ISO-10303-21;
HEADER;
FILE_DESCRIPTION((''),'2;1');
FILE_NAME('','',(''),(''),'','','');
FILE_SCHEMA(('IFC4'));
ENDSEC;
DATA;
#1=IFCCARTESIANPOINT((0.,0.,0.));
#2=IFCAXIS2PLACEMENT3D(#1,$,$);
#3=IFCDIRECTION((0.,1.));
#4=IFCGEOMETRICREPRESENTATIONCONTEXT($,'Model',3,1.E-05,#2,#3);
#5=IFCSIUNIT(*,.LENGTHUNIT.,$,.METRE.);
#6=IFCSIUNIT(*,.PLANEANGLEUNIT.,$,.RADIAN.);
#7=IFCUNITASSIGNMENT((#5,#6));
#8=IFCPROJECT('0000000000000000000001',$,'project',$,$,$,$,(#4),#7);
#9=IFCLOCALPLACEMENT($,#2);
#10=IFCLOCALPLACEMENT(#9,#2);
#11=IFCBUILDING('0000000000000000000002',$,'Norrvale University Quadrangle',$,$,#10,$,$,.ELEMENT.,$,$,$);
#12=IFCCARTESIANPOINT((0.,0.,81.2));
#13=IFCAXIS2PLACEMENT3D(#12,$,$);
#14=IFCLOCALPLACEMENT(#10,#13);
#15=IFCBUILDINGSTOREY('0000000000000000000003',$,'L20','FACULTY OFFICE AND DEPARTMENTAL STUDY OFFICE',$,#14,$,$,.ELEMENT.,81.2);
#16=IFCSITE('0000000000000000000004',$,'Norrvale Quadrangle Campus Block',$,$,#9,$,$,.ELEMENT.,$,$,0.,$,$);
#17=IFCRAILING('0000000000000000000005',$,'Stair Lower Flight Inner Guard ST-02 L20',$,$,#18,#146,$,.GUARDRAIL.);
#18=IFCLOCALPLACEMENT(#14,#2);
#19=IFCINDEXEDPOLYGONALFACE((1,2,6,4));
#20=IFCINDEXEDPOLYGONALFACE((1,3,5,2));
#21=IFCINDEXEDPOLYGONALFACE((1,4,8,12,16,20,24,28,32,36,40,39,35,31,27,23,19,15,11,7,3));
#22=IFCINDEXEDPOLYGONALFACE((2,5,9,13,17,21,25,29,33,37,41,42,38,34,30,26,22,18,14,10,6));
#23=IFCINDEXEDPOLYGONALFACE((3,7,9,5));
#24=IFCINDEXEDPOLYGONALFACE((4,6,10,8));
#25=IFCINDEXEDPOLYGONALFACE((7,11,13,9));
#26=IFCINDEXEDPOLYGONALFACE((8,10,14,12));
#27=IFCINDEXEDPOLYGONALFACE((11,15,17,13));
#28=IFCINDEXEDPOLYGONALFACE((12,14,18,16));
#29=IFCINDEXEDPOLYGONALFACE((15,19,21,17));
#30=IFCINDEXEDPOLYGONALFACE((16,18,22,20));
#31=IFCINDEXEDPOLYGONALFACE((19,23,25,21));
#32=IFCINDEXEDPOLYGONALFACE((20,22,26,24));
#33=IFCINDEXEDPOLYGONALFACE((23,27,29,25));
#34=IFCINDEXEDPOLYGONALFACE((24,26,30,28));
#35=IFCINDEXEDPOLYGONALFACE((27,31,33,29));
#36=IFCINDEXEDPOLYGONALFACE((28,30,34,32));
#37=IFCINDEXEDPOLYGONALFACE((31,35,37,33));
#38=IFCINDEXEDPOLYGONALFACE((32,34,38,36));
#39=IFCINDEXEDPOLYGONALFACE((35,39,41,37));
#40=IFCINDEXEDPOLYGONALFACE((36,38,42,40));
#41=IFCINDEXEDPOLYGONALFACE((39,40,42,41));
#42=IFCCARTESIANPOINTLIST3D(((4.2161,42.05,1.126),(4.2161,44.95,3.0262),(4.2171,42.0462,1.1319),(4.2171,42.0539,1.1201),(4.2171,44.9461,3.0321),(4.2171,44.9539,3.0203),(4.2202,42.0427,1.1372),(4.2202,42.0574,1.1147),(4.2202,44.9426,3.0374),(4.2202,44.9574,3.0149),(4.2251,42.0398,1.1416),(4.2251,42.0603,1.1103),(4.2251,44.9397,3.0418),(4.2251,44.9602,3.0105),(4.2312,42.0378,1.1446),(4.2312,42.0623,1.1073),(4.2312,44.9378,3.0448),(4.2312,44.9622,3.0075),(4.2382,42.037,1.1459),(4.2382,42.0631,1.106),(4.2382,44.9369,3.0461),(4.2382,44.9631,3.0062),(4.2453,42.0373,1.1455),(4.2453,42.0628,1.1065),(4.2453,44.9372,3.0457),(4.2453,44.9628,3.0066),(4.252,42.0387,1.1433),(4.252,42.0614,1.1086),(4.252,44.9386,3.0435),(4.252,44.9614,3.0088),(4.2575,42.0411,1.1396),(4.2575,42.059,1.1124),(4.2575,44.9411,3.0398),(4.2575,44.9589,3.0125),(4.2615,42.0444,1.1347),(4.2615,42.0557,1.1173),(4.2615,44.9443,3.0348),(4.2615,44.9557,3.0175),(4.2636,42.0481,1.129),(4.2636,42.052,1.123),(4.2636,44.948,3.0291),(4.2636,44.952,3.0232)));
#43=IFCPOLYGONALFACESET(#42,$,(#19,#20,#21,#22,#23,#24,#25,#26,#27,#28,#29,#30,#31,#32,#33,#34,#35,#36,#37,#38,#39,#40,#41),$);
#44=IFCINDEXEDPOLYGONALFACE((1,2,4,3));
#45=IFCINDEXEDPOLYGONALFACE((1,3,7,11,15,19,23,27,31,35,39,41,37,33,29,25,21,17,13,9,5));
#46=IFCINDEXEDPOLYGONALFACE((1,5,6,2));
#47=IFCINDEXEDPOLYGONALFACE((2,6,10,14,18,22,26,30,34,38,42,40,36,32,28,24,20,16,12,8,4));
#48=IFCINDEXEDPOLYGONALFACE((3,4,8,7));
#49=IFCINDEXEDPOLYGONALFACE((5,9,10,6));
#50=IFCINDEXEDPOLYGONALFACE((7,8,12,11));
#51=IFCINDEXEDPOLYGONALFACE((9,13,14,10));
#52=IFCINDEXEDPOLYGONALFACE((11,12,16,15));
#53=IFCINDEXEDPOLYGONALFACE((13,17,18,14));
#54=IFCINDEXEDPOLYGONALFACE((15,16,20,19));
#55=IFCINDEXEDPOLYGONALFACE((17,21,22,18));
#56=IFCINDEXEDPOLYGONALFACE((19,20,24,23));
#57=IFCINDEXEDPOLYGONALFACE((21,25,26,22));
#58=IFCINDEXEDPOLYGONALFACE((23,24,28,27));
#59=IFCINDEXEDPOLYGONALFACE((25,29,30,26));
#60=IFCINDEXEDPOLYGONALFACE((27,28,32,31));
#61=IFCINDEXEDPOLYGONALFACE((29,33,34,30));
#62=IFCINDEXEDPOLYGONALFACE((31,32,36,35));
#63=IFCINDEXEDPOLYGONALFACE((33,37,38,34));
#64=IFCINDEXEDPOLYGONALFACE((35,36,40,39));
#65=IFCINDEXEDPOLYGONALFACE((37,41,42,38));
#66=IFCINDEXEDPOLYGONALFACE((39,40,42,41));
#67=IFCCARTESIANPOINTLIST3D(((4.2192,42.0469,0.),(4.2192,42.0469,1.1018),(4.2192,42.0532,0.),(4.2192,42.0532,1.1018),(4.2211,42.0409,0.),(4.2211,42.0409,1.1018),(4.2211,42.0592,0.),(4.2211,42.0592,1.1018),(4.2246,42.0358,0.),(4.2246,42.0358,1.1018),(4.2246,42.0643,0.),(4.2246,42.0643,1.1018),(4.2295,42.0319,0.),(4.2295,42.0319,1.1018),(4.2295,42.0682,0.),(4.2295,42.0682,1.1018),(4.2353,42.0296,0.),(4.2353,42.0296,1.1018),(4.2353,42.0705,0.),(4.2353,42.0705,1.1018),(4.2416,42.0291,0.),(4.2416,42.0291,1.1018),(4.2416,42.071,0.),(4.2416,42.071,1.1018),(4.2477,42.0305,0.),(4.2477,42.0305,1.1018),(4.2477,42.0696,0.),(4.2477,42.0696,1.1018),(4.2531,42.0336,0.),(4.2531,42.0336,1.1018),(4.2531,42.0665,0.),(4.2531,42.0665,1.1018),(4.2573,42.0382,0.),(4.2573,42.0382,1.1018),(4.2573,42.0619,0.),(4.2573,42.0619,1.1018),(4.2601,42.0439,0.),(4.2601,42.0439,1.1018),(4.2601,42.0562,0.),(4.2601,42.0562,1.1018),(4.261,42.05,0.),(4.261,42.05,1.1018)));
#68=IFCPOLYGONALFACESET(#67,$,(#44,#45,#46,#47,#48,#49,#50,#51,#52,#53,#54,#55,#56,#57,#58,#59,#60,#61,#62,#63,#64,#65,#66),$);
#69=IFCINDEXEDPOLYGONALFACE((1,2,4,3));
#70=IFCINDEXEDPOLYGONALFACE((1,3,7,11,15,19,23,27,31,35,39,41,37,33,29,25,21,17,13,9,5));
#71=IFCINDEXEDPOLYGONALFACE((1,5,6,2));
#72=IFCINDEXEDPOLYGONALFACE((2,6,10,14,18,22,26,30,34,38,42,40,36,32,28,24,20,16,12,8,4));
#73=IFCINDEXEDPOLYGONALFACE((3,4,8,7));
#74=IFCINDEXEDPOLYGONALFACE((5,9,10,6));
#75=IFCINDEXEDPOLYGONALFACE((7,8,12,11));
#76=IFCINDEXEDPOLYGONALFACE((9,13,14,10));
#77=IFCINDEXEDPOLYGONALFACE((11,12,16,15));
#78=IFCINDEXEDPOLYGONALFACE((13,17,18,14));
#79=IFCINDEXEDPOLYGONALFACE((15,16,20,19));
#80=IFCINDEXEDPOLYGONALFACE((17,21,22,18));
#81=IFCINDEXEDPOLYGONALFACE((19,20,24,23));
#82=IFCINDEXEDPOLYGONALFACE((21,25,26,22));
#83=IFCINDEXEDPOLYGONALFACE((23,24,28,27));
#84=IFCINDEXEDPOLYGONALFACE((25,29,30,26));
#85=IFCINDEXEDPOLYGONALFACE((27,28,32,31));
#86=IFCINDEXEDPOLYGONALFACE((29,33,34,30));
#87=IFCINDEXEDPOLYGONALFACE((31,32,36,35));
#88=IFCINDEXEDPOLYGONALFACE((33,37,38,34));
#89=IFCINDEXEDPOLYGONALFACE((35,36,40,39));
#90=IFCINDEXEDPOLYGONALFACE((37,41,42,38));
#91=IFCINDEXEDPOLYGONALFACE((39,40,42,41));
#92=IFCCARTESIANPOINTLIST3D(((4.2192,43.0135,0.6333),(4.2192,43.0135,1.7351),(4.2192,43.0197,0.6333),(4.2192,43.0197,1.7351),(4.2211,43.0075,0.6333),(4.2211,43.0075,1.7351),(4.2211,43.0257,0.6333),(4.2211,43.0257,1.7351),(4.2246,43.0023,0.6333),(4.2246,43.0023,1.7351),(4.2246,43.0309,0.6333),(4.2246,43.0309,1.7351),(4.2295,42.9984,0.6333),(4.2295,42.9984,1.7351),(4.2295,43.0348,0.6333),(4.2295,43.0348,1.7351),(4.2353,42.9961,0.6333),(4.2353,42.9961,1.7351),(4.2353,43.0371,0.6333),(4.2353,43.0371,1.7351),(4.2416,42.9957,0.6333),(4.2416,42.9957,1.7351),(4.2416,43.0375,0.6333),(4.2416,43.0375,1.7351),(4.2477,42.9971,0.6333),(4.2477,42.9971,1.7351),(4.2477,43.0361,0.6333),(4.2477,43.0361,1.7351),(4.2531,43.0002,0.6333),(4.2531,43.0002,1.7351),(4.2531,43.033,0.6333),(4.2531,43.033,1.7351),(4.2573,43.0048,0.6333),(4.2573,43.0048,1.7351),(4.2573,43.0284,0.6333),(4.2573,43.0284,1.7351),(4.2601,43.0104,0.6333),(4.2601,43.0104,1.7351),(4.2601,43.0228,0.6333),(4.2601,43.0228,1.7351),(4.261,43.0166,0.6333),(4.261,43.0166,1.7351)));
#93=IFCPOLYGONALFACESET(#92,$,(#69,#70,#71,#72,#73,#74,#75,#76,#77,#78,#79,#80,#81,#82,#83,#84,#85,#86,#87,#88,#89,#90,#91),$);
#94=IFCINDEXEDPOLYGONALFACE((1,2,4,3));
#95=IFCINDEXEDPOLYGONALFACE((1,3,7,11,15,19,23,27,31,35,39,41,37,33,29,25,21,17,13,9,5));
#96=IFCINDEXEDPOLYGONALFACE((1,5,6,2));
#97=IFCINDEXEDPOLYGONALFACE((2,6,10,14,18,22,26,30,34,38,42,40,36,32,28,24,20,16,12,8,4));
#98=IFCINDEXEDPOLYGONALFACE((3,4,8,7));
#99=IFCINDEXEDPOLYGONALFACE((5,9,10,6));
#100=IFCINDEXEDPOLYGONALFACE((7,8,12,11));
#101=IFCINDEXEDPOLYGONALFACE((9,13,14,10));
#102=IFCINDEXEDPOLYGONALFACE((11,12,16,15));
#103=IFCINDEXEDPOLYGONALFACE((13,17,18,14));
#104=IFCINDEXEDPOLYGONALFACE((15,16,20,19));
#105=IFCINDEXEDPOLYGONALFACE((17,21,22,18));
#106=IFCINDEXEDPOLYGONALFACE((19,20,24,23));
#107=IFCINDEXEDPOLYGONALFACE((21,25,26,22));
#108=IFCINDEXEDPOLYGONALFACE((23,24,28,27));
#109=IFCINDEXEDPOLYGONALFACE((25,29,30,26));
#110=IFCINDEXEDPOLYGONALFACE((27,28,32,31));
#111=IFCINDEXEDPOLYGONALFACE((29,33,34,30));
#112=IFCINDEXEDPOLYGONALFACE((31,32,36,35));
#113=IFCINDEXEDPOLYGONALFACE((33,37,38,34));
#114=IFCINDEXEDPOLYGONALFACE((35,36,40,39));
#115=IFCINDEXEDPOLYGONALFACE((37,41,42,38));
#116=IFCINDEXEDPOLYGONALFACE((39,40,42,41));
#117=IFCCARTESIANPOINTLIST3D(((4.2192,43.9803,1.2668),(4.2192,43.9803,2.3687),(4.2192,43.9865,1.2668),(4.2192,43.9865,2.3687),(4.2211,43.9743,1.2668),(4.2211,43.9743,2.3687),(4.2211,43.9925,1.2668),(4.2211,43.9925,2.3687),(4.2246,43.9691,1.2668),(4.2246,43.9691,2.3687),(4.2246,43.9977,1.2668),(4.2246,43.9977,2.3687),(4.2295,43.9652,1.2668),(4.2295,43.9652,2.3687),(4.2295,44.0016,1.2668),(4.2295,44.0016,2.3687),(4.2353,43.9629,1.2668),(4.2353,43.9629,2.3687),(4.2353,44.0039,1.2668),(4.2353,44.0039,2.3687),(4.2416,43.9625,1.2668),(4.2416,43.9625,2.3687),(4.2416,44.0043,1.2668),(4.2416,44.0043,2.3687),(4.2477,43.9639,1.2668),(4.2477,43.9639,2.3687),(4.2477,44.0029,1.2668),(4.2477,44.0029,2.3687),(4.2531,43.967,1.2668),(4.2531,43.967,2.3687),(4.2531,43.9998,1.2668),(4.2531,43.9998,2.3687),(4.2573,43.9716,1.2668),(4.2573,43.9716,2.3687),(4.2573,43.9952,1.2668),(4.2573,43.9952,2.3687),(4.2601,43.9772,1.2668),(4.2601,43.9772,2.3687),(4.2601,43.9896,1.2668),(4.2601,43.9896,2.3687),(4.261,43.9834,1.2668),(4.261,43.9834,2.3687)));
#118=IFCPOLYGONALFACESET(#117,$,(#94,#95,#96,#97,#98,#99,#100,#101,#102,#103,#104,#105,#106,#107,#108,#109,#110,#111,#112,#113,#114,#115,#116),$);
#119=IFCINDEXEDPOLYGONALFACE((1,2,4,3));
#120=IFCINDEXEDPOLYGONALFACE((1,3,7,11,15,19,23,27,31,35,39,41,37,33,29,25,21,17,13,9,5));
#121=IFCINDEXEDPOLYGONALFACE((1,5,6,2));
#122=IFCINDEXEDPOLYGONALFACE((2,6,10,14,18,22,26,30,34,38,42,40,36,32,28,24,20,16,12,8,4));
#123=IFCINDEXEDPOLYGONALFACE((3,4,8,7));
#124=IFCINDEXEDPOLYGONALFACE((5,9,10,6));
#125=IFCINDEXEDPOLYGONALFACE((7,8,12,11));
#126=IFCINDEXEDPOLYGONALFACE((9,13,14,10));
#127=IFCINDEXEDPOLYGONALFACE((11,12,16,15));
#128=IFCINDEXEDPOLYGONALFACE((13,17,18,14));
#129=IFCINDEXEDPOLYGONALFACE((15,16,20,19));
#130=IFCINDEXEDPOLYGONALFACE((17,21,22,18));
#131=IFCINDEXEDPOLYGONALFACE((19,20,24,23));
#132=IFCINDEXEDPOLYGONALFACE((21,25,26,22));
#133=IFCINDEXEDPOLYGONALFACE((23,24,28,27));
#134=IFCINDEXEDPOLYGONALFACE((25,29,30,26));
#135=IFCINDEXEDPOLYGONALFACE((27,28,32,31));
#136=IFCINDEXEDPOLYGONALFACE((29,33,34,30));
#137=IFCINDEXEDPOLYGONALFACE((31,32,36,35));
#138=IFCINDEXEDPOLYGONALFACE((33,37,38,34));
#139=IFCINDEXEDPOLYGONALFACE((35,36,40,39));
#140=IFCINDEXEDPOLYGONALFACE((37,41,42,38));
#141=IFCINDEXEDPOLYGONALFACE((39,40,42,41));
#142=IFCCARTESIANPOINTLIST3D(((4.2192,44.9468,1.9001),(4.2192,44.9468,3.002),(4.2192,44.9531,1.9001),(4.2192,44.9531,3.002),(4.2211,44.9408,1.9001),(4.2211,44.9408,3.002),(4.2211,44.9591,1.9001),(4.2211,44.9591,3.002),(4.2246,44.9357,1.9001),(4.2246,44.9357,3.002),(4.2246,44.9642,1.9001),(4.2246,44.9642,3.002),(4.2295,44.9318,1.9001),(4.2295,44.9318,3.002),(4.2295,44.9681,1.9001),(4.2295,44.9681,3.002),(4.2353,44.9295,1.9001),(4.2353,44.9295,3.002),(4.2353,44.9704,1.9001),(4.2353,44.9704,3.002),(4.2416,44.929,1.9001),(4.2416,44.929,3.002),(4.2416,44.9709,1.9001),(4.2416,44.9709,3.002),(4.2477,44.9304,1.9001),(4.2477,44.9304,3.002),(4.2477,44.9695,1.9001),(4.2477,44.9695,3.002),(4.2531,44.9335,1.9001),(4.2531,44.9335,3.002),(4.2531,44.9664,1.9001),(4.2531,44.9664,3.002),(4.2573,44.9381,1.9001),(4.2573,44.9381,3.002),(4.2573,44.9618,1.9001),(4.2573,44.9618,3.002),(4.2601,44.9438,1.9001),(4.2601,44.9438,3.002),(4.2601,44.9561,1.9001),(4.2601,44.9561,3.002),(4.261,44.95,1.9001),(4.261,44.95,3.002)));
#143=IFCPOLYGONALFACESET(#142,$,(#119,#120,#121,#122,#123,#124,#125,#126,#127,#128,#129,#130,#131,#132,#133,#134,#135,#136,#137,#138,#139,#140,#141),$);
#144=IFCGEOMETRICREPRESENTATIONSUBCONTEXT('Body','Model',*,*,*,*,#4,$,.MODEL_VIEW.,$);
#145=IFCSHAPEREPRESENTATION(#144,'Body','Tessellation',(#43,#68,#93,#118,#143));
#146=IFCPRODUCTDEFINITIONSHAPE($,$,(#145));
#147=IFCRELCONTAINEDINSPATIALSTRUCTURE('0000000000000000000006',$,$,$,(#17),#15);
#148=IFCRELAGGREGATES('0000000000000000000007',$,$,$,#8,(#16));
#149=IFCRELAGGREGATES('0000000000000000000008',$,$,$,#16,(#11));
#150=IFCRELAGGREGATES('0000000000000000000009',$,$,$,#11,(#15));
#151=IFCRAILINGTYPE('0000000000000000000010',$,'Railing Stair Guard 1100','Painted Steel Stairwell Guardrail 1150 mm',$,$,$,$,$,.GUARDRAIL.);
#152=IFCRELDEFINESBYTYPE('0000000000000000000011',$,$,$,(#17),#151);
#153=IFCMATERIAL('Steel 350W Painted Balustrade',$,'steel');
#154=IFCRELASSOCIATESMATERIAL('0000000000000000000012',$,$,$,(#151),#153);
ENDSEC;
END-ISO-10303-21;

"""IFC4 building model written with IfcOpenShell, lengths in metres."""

from ifc_helpers import new_model, si_unit, direction, frame, origin, origin_2d, place, context, subcontext, project, spatial, circle, extrude, material, type_object, element, save


model = new_model("IFC4")

# Units and contexts
model_context = context("Model", 3, precision=1e-05, world=origin(), true_north=direction((0.0, 1.0)))
body_context = subcontext(model_context, "Body", "Model", "MODEL_VIEW")
ifc_project = project(units=[si_unit("LENGTHUNIT", "METRE"), si_unit("PLANEANGLEUNIT", "RADIAN")], contexts=[model_context])

# Site, building, storey
site_placement = place(None, origin())
site = spatial("IfcSite", under=ifc_project, at=site_placement, Name="Norrvale Quadrangle Campus Block", CompositionType="ELEMENT", RefElevation=0.0)
building_placement = place(site_placement, origin())
building = spatial("IfcBuilding", under=site, at=building_placement, Name="Norrvale University Quadrangle", CompositionType="ELEMENT")
storey_placement = place(building_placement, frame((0.0, 0.0, 81.2)))
storey = spatial("IfcBuildingStorey", under=building, at=storey_placement, Name="L20", Description="FACULTY OFFICE AND DEPARTMENTAL STUDY OFFICE", CompositionType="ELEMENT", Elevation=81.2)

# Railing
ifc_material_1 = material(Name="Steel 350W Painted Balustrade", Category="steel")
railing_type_1 = type_object("IfcRailingType", Name="Railing Stair Guard 1100", Description="Painted Steel Stairwell Guardrail 1150 mm", PredefinedType="GUARDRAIL", material=ifc_material_1)
railing_1_placement = place(storey_placement, frame((4.24, 42.05, 0.0)))
element("IfcRailing", 1, at=railing_1_placement, inside=storey, type_object=railing_type_1, Name="Stair Lower Flight Inner Guard ST-02 L20", PredefinedType="GUARDRAIL", context=body_context, shape_type="SweptSolid", body=[
    extrude(circle(Radius=0.0239, at=origin_2d()), frame((0.0, 0.0, 1.126), z_axis=(0.0, 0.836433, 0.548069), x_axis=(-1.0, 0.0, 0.0)), (0.0, 0.0, 1.0), 3.467),
    extrude(circle(Radius=0.021, at=origin_2d()), origin(), (0.0, 0.0, 1.0), 1.1018),
    extrude(circle(Radius=0.021, at=origin_2d()), frame((0.0, 0.9666, 0.6333)), (0.0, 0.0, 1.0), 1.1018),
    extrude(circle(Radius=0.021, at=origin_2d()), frame((0.0, 1.9333, 1.2668)), (0.0, 0.0, 1.0), 1.1018),
    extrude(circle(Radius=0.021, at=origin_2d()), frame((0.0, 2.8999, 1.9001)), (0.0, 0.0, 1.0), 1.1018),
])

save(model, "model.ifc")
